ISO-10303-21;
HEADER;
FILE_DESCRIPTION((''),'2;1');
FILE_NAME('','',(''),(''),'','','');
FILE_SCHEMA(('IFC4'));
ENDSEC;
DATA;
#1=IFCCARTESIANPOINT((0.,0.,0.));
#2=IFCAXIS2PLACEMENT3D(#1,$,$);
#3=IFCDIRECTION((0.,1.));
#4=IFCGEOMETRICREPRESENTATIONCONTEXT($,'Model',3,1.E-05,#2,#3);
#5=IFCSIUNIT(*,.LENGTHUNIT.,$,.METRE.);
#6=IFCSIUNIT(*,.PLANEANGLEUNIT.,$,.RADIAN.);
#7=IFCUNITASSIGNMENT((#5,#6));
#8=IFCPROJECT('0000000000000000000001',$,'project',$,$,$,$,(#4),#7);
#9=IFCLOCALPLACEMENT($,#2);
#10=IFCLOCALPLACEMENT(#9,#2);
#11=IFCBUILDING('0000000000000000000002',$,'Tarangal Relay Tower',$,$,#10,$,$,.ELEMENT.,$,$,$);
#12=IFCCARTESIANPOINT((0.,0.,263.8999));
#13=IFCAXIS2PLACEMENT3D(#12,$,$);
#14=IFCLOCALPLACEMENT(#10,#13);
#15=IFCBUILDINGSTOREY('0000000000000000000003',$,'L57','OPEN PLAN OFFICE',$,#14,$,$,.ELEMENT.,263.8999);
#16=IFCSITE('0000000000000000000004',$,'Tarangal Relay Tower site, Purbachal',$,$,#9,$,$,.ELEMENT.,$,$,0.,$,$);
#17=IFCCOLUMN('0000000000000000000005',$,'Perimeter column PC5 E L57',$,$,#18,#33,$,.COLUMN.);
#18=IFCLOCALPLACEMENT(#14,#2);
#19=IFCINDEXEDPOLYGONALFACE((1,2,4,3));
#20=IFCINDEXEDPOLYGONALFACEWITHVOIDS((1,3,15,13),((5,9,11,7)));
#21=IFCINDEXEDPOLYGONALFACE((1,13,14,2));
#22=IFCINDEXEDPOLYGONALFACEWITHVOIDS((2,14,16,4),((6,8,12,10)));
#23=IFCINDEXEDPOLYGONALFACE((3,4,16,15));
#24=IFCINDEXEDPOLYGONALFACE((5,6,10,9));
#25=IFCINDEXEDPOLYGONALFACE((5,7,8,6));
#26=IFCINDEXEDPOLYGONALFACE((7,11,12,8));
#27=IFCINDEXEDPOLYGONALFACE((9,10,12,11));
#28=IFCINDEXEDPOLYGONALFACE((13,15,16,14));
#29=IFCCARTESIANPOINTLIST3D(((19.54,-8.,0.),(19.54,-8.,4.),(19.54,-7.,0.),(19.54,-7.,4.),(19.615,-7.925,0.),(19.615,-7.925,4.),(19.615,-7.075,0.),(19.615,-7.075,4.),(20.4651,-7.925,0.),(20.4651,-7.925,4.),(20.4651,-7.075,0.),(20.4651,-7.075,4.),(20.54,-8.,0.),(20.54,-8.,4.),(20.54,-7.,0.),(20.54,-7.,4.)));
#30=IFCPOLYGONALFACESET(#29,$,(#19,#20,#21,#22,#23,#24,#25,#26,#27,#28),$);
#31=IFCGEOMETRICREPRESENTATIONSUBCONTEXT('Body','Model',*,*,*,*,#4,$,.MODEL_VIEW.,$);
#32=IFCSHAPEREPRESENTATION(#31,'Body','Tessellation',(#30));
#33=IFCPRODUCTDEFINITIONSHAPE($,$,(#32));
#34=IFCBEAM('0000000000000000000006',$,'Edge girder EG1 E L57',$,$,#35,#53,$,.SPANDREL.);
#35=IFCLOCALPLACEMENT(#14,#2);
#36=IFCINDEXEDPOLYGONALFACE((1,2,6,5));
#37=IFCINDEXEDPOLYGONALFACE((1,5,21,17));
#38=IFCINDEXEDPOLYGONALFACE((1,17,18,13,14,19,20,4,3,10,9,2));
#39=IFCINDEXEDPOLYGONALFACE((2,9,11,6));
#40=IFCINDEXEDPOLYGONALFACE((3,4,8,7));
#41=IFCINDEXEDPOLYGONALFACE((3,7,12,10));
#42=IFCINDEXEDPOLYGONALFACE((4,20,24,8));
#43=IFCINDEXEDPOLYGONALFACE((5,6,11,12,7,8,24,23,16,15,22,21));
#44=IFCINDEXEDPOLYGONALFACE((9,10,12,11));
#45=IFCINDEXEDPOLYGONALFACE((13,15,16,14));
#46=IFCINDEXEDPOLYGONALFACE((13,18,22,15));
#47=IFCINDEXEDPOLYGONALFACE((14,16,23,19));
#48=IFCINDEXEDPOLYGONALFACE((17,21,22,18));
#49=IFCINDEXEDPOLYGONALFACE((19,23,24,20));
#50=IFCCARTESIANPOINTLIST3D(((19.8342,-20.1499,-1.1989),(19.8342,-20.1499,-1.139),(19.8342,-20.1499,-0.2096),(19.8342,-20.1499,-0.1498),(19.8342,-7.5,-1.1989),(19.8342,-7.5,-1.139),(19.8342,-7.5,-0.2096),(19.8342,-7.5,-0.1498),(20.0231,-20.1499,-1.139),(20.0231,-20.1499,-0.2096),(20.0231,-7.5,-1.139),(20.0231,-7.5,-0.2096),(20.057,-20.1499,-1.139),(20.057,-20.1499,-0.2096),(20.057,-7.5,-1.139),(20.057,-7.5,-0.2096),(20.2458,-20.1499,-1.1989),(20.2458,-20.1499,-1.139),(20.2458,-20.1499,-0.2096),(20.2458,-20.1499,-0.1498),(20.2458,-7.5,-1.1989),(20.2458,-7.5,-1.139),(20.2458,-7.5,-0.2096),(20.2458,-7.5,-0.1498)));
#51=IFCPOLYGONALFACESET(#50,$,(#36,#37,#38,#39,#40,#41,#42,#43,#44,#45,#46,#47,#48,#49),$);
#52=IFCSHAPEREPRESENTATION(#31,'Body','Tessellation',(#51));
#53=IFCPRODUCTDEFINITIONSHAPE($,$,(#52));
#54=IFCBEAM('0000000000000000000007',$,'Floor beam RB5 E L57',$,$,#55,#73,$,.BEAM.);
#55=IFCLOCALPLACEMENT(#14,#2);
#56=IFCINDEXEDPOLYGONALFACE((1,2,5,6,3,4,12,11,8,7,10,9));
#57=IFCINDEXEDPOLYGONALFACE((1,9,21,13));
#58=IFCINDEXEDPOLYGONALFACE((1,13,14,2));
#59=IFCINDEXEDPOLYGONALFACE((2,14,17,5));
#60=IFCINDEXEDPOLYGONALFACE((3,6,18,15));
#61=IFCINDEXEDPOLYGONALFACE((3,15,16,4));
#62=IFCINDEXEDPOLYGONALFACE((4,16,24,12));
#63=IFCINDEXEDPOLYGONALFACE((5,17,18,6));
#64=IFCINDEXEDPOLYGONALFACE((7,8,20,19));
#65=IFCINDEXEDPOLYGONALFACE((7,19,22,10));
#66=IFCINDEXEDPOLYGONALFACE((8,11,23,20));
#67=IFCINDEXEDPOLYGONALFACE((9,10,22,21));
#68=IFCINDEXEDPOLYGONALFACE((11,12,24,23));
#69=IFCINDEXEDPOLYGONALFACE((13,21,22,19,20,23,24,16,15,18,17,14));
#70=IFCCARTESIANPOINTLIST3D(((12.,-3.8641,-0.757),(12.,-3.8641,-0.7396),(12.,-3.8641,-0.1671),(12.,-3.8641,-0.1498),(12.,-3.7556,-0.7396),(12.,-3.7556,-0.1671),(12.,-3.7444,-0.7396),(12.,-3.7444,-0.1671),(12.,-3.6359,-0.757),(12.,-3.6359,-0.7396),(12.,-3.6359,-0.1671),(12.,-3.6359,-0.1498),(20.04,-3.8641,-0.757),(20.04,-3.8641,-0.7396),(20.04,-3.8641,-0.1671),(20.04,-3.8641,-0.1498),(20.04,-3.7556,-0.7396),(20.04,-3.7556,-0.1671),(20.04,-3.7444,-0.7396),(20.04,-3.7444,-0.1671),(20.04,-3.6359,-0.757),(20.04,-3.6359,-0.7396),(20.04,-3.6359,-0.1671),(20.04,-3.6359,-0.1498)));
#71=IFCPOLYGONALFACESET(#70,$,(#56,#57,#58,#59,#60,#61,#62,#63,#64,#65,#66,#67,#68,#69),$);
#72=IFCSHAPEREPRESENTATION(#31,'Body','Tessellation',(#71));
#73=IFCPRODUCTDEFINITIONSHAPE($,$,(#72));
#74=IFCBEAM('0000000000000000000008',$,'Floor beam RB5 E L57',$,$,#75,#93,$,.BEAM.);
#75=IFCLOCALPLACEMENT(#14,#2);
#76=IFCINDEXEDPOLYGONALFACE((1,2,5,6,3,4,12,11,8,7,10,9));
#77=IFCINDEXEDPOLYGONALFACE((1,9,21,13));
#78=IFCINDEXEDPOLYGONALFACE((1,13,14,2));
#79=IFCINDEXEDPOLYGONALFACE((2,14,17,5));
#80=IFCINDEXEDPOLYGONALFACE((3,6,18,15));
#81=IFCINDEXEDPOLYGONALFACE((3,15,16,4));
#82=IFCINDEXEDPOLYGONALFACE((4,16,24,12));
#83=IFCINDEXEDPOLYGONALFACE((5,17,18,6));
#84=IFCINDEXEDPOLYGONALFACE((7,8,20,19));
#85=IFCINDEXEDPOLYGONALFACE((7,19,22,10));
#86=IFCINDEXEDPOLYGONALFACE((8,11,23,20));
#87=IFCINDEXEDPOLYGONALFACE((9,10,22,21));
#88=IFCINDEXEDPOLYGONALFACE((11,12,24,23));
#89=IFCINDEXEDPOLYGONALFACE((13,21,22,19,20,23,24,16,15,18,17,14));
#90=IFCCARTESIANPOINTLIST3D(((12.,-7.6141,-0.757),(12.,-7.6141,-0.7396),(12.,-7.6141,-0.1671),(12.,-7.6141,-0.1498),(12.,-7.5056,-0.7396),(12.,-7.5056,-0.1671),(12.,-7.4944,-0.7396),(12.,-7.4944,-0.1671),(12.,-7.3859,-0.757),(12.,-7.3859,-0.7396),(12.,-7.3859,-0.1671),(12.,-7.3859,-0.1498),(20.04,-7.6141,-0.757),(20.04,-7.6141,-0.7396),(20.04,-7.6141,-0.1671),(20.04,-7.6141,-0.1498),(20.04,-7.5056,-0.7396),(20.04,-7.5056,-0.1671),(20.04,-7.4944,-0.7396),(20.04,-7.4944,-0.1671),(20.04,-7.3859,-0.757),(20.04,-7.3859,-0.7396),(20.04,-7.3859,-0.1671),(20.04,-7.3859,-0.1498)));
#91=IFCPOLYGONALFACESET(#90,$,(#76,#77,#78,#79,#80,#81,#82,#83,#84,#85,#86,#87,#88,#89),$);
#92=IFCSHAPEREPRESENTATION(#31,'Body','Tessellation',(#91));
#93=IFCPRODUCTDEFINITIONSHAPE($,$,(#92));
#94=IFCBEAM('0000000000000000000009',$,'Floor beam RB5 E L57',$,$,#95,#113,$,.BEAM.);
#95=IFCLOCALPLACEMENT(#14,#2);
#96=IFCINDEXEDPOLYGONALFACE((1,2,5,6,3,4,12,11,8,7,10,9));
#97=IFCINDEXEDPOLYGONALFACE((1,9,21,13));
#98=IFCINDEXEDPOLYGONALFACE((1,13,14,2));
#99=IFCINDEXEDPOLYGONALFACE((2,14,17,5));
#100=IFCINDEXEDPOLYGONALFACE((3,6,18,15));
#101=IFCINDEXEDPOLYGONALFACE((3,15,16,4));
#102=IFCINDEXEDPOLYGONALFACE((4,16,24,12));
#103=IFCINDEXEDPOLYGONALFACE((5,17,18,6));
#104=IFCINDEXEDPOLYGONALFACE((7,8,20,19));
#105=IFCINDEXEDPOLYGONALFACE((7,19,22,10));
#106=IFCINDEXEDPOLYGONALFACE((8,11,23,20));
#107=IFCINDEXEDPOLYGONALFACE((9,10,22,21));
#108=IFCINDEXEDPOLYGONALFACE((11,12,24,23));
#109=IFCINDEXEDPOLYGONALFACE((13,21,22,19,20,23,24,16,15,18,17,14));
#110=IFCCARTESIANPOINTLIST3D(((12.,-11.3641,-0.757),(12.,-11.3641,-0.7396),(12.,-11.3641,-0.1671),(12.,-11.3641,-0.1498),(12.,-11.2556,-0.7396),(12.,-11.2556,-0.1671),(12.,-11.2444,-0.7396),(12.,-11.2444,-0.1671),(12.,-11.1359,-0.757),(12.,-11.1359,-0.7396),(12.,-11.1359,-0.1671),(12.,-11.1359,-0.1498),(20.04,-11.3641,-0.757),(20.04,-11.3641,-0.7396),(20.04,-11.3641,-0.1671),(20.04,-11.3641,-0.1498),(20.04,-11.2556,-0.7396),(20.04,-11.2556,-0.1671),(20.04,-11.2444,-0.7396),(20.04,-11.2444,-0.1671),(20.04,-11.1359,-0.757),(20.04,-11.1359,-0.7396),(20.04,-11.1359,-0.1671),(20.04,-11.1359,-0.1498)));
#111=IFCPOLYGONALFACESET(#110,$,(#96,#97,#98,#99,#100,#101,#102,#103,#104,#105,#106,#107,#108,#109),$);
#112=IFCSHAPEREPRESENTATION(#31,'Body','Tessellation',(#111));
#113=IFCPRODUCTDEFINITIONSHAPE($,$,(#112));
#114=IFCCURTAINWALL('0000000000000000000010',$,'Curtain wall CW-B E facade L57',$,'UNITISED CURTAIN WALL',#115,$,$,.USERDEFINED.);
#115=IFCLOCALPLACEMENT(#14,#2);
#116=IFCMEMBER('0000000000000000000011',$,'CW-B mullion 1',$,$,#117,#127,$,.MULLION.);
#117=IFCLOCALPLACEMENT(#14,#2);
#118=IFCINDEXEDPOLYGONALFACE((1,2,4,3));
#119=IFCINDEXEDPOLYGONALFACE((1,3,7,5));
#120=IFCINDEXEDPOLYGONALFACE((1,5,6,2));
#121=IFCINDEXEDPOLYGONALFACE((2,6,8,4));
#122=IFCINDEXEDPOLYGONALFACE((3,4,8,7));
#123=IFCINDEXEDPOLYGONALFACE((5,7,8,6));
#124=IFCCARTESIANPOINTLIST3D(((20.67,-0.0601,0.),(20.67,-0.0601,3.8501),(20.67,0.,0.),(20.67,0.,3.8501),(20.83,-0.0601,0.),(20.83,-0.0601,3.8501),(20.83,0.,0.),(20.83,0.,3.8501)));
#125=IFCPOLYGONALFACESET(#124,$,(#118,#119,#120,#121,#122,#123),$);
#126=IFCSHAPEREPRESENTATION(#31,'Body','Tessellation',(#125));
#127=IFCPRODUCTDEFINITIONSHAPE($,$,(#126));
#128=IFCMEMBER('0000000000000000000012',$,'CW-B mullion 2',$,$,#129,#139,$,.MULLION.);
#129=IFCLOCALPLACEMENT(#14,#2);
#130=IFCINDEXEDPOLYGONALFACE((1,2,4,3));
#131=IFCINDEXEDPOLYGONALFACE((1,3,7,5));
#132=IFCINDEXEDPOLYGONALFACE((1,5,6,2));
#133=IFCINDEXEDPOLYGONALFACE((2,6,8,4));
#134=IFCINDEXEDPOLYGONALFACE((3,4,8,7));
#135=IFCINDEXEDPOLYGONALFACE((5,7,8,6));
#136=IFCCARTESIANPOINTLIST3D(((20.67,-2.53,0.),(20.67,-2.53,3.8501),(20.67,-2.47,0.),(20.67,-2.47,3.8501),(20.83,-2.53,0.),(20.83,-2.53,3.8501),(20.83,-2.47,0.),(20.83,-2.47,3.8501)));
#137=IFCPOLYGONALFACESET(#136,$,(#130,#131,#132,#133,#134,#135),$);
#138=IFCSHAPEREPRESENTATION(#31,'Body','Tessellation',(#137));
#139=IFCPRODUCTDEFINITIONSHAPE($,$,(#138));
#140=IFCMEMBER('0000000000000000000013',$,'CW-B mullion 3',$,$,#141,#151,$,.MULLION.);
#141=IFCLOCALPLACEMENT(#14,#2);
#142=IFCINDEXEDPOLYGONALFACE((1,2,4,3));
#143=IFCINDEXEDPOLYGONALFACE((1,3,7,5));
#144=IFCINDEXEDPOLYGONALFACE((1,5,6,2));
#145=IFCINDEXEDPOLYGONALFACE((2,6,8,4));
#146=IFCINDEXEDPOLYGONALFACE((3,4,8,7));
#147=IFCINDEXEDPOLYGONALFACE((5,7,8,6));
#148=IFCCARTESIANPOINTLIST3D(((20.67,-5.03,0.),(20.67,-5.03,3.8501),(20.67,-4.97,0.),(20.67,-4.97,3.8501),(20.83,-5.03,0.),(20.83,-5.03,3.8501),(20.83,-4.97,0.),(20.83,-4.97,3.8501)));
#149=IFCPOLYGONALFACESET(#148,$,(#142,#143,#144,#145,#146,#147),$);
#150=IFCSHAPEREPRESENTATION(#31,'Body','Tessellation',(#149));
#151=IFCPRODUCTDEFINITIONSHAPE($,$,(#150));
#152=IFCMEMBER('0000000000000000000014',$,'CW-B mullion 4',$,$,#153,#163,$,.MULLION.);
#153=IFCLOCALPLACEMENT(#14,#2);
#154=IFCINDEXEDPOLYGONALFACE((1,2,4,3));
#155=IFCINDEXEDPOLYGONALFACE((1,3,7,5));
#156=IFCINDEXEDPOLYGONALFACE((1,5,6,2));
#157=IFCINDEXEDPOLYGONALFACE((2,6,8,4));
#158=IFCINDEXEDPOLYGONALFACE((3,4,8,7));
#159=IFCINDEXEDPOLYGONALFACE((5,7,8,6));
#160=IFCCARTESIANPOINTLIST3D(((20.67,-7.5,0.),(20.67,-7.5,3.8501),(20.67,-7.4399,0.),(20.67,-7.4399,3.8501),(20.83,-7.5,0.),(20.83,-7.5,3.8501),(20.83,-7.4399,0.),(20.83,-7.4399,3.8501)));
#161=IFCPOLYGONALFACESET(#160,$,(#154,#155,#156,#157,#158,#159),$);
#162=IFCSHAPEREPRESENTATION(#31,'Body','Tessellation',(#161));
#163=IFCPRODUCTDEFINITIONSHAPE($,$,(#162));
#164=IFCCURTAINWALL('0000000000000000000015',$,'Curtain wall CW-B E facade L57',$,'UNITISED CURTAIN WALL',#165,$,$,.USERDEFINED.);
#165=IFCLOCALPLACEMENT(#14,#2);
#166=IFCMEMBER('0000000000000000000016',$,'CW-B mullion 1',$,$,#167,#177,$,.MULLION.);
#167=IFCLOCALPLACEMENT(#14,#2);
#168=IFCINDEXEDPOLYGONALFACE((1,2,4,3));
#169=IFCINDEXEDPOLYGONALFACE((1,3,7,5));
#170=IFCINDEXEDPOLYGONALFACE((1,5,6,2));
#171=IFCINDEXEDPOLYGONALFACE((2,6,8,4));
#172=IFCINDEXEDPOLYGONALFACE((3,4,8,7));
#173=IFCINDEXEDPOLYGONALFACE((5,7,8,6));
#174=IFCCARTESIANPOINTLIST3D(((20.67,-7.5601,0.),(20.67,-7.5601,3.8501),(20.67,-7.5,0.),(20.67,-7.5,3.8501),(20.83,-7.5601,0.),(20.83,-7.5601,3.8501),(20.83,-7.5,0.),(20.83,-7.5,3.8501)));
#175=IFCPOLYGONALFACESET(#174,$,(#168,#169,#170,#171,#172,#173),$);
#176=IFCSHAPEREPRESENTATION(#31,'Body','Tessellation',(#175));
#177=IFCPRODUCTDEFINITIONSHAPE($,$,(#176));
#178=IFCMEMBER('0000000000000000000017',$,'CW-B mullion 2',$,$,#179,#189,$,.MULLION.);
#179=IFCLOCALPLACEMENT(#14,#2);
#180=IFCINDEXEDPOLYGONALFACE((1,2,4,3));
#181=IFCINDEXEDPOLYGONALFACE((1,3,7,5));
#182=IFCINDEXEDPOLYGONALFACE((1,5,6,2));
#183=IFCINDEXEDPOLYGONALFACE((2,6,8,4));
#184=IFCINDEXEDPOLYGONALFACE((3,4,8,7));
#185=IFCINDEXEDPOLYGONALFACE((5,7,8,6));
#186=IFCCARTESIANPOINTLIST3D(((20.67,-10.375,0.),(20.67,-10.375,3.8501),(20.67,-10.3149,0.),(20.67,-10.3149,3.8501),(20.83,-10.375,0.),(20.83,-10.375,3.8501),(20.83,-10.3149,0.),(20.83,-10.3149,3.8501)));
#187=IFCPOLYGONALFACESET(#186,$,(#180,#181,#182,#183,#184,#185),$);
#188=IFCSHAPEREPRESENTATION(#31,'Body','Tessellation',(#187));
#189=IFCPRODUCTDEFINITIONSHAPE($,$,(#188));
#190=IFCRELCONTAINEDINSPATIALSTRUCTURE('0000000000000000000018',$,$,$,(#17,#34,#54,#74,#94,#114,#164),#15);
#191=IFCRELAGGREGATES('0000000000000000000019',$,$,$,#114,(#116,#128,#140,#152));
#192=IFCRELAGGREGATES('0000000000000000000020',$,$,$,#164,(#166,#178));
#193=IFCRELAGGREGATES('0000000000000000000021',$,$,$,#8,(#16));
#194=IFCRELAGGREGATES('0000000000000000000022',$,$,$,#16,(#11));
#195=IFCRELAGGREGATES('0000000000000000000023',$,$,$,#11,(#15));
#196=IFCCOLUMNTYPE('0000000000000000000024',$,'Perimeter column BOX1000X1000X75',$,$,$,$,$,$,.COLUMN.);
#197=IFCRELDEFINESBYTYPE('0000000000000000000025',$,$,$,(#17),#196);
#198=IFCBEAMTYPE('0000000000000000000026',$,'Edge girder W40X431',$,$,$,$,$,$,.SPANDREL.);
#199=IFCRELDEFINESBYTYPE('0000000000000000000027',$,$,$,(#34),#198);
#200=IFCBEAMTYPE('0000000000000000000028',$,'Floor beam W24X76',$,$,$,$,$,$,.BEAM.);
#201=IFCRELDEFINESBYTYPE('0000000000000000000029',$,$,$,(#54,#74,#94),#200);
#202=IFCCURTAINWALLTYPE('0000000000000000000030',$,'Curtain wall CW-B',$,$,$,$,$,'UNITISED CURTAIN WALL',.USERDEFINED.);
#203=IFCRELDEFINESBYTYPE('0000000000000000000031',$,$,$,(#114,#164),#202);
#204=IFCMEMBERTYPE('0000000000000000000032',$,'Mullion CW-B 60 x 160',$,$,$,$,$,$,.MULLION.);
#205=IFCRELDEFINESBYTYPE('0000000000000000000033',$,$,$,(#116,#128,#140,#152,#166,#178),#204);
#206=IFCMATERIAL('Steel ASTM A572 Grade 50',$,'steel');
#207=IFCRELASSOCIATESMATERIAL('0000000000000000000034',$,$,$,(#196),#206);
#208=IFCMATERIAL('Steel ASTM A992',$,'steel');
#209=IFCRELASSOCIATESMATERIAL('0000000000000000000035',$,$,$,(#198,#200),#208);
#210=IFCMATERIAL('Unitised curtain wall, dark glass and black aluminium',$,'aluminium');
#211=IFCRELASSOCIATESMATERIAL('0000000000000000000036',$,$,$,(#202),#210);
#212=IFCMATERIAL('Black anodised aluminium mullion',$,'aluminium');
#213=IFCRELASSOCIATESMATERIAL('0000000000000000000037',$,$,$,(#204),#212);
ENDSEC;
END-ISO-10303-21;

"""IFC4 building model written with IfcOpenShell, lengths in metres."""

from ifc_helpers import new_model, si_unit, direction, frame, origin, origin_2d, place, context, subcontext, project, spatial, rectangle, hollow_rectangle, i_section, extrude, material, material_profile, profile_set, type_object, element, aggregate, save


model = new_model("IFC4")

# Units and contexts
model_context = context("Model", 3, precision=1e-05, world=origin(), true_north=direction((0.0, 1.0)))
body_context = subcontext(model_context, "Body", "Model", "MODEL_VIEW")
ifc_project = project(units=[si_unit("LENGTHUNIT", "METRE"), si_unit("PLANEANGLEUNIT", "RADIAN")], contexts=[model_context])

# Site, building, storey
site_placement = place(None, origin())
site = spatial("IfcSite", under=ifc_project, at=site_placement, Name="Tarangal Relay Tower site, Purbachal", CompositionType="ELEMENT", RefElevation=0.0)
building_placement = place(site_placement, origin())
building = spatial("IfcBuilding", under=site, at=building_placement, Name="Tarangal Relay Tower", CompositionType="ELEMENT")
storey_placement = place(building_placement, frame((0.0, 0.0, 263.8999)))
storey = spatial("IfcBuildingStorey", under=building, at=storey_placement, Name="L57", Description="OPEN PLAN OFFICE", CompositionType="ELEMENT", Elevation=263.8999)

# Column
ifc_material_1 = material(Name="Steel ASTM A572 Grade 50", Category="steel")
ifc_material_profile_1 = material_profile(ifc_material_1, hollow_rectangle(XDim=1.0, YDim=1.0, WallThickness=0.075, at=origin_2d()), Name="BOX1000X1000X75")
ifc_profile_set_1 = profile_set([ifc_material_profile_1], Name="Steel ASTM A572 Grade 50")
column_type = type_object("IfcColumnType", Name="Perimeter column BOX1000X1000X75", PredefinedType="COLUMN", material=ifc_profile_set_1)
column_placement = place(storey_placement, frame((20.04, -7.5, 0.0), z_axis=(0.0, 0.0, 1.0), x_axis=(1.0, 0.0, 0.0)))
element("IfcColumn", 1, at=column_placement, inside=storey, type_object=column_type, Name="Perimeter column PC5 E L57", PredefinedType="COLUMN", context=body_context, shape_type="SweptSolid", body=[
    extrude(hollow_rectangle(XDim=1.0, YDim=1.0, WallThickness=0.075, at=origin_2d()), origin(), (0.0, 0.0, 1.0), 4.0),
])

# Beams
ifc_material_2 = material(Name="Steel ASTM A992", Category="steel")
ifc_material_profile_2 = material_profile(ifc_material_2, i_section(OverallWidth=0.4116, OverallDepth=1.0491, WebThickness=0.0339, FlangeThickness=0.0598, at=origin_2d()), Name="W40X431")
ifc_profile_set_2 = profile_set([ifc_material_profile_2], Name="Steel ASTM A992")
beam_type_1 = type_object("IfcBeamType", Name="Edge girder W40X431", PredefinedType="SPANDREL", material=ifc_profile_set_2)
beam_placement = place(storey_placement, frame((20.04, -7.5, -0.6743), z_axis=(0.0, -1.0, 0.0), x_axis=(1.0, 0.0, 0.0)))
element("IfcBeam", 2, at=beam_placement, inside=storey, type_object=beam_type_1, Name="Edge girder EG1 E L57", PredefinedType="SPANDREL", context=body_context, shape_type="SweptSolid", body=[
    extrude(i_section(OverallWidth=0.4116, OverallDepth=1.0491, WebThickness=0.0339, FlangeThickness=0.0598, at=origin_2d()), origin(), (0.0, 0.0, 1.0), 12.6499),
])
ifc_material_profile_3 = material_profile(ifc_material_2, i_section(OverallWidth=0.2283, OverallDepth=0.6072, WebThickness=0.0112, FlangeThickness=0.0173, at=origin_2d()), Name="W24X76")
ifc_profile_set_3 = profile_set([ifc_material_profile_3], Name="Steel ASTM A992")
beam_type_2 = type_object("IfcBeamType", Name="Floor beam W24X76", PredefinedType="BEAM", material=ifc_profile_set_3)
for number, where, z_axis, x_axis, name in (
    (3, (12.0, -3.75, -0.4534), (1.0, 0.0, 0.0), (0.0, 1.0, 0.0), "Floor beam RB5 E L57"),
    (4, (12.0, -7.5, -0.4534), (1.0, 0.0, 0.0), (0.0, 1.0, 0.0), "Floor beam RB5 E L57"),
    (5, (12.0, -11.25, -0.4534), (1.0, 0.0, 0.0), (0.0, 1.0, 0.0), "Floor beam RB5 E L57"),
):
    element("IfcBeam", number, at=place(storey_placement, frame(where, z_axis=z_axis, x_axis=x_axis)), inside=storey, type_object=beam_type_2, Name=name, PredefinedType="BEAM", context=body_context, shape_type="SweptSolid", body=[
        extrude(i_section(OverallWidth=0.2283, OverallDepth=0.6072, WebThickness=0.0112, FlangeThickness=0.0173, at=origin_2d()), origin(), (0.0, 0.0, 1.0), 8.04),
    ])

# Curtain walls, members
ifc_material_3 = material(Name="Unitised curtain wall, dark glass and black aluminium", Category="aluminium")
curtain_wall_type_1 = type_object("IfcCurtainWallType", Name="Curtain wall CW-B", ElementType="UNITISED CURTAIN WALL", PredefinedType="USERDEFINED", material=ifc_material_3)
curtain_wall_1_placement = place(storey_placement, origin())
curtain_wall_1 = element("IfcCurtainWall", 6, at=curtain_wall_1_placement, inside=storey, type_object=curtain_wall_type_1, Name="Curtain wall CW-B E facade L57", ObjectType="UNITISED CURTAIN WALL", PredefinedType="USERDEFINED")
ifc_material_4 = material(Name="Black anodised aluminium mullion", Category="aluminium")
ifc_material_profile_4 = material_profile(ifc_material_4, rectangle(XDim=0.1599, YDim=0.0601, at=origin_2d()), Name="CW-BM 60X160")
ifc_profile_set_4 = profile_set([ifc_material_profile_4], Name="Black anodised aluminium mullion")
member_type_1 = type_object("IfcMemberType", Name="Mullion CW-B 60 x 160", PredefinedType="MULLION", material=ifc_profile_set_4)
member_1_placement = place(storey_placement, frame((20.75, -0.03, 0.0), z_axis=(0.0, 0.0, 1.0), x_axis=(1.0, 0.0, 0.0)))
member_1 = element("IfcMember", 7, at=member_1_placement, type_object=member_type_1, Name="CW-B mullion 1", PredefinedType="MULLION", context=body_context, shape_type="SweptSolid", body=[
    extrude(rectangle(XDim=0.1599, YDim=0.0601, at=origin_2d()), origin(), (0.0, 0.0, 1.0), 3.8501),
])
member_2_placement = place(storey_placement, frame((20.75, -2.5, 0.0), z_axis=(0.0, 0.0, 1.0), x_axis=(1.0, 0.0, 0.0)))
member_2 = element("IfcMember", 8, at=member_2_placement, type_object=member_type_1, Name="CW-B mullion 2", PredefinedType="MULLION", context=body_context, shape_type="SweptSolid", body=[
    extrude(rectangle(XDim=0.1599, YDim=0.0601, at=origin_2d()), origin(), (0.0, 0.0, 1.0), 3.8501),
])
member_3_placement = place(storey_placement, frame((20.75, -5.0, 0.0), z_axis=(0.0, 0.0, 1.0), x_axis=(1.0, 0.0, 0.0)))
member_3 = element("IfcMember", 9, at=member_3_placement, type_object=member_type_1, Name="CW-B mullion 3", PredefinedType="MULLION", context=body_context, shape_type="SweptSolid", body=[
    extrude(rectangle(XDim=0.1599, YDim=0.0601, at=origin_2d()), origin(), (0.0, 0.0, 1.0), 3.8501),
])
member_4_placement = place(storey_placement, frame((20.75, -7.47, 0.0), z_axis=(0.0, 0.0, 1.0), x_axis=(1.0, 0.0, 0.0)))
member_4 = element("IfcMember", 10, at=member_4_placement, type_object=member_type_1, Name="CW-B mullion 4", PredefinedType="MULLION", context=body_context, shape_type="SweptSolid", body=[
    extrude(rectangle(XDim=0.1599, YDim=0.0601, at=origin_2d()), origin(), (0.0, 0.0, 1.0), 3.8501),
])
curtain_wall_2_placement = place(storey_placement, origin())
curtain_wall_2 = element("IfcCurtainWall", 11, at=curtain_wall_2_placement, inside=storey, type_object=curtain_wall_type_1, Name="Curtain wall CW-B E facade L57", ObjectType="UNITISED CURTAIN WALL", PredefinedType="USERDEFINED")
member_5_placement = place(storey_placement, frame((20.75, -7.53, 0.0), z_axis=(0.0, 0.0, 1.0), x_axis=(1.0, 0.0, 0.0)))
member_5 = element("IfcMember", 12, at=member_5_placement, type_object=member_type_1, Name="CW-B mullion 1", PredefinedType="MULLION", context=body_context, shape_type="SweptSolid", body=[
    extrude(rectangle(XDim=0.1599, YDim=0.0601, at=origin_2d()), origin(), (0.0, 0.0, 1.0), 3.8501),
])
member_6_placement = place(storey_placement, frame((20.75, -10.345, 0.0), z_axis=(0.0, 0.0, 1.0), x_axis=(1.0, 0.0, 0.0)))
member_6 = element("IfcMember", 13, at=member_6_placement, type_object=member_type_1, Name="CW-B mullion 2", PredefinedType="MULLION", context=body_context, shape_type="SweptSolid", body=[
    extrude(rectangle(XDim=0.1599, YDim=0.0601, at=origin_2d()), origin(), (0.0, 0.0, 1.0), 3.8501),
])

aggregate(curtain_wall_1, [member_1, member_2, member_3, member_4])
aggregate(curtain_wall_2, [member_5, member_6])

save(model, "model.ifc")
